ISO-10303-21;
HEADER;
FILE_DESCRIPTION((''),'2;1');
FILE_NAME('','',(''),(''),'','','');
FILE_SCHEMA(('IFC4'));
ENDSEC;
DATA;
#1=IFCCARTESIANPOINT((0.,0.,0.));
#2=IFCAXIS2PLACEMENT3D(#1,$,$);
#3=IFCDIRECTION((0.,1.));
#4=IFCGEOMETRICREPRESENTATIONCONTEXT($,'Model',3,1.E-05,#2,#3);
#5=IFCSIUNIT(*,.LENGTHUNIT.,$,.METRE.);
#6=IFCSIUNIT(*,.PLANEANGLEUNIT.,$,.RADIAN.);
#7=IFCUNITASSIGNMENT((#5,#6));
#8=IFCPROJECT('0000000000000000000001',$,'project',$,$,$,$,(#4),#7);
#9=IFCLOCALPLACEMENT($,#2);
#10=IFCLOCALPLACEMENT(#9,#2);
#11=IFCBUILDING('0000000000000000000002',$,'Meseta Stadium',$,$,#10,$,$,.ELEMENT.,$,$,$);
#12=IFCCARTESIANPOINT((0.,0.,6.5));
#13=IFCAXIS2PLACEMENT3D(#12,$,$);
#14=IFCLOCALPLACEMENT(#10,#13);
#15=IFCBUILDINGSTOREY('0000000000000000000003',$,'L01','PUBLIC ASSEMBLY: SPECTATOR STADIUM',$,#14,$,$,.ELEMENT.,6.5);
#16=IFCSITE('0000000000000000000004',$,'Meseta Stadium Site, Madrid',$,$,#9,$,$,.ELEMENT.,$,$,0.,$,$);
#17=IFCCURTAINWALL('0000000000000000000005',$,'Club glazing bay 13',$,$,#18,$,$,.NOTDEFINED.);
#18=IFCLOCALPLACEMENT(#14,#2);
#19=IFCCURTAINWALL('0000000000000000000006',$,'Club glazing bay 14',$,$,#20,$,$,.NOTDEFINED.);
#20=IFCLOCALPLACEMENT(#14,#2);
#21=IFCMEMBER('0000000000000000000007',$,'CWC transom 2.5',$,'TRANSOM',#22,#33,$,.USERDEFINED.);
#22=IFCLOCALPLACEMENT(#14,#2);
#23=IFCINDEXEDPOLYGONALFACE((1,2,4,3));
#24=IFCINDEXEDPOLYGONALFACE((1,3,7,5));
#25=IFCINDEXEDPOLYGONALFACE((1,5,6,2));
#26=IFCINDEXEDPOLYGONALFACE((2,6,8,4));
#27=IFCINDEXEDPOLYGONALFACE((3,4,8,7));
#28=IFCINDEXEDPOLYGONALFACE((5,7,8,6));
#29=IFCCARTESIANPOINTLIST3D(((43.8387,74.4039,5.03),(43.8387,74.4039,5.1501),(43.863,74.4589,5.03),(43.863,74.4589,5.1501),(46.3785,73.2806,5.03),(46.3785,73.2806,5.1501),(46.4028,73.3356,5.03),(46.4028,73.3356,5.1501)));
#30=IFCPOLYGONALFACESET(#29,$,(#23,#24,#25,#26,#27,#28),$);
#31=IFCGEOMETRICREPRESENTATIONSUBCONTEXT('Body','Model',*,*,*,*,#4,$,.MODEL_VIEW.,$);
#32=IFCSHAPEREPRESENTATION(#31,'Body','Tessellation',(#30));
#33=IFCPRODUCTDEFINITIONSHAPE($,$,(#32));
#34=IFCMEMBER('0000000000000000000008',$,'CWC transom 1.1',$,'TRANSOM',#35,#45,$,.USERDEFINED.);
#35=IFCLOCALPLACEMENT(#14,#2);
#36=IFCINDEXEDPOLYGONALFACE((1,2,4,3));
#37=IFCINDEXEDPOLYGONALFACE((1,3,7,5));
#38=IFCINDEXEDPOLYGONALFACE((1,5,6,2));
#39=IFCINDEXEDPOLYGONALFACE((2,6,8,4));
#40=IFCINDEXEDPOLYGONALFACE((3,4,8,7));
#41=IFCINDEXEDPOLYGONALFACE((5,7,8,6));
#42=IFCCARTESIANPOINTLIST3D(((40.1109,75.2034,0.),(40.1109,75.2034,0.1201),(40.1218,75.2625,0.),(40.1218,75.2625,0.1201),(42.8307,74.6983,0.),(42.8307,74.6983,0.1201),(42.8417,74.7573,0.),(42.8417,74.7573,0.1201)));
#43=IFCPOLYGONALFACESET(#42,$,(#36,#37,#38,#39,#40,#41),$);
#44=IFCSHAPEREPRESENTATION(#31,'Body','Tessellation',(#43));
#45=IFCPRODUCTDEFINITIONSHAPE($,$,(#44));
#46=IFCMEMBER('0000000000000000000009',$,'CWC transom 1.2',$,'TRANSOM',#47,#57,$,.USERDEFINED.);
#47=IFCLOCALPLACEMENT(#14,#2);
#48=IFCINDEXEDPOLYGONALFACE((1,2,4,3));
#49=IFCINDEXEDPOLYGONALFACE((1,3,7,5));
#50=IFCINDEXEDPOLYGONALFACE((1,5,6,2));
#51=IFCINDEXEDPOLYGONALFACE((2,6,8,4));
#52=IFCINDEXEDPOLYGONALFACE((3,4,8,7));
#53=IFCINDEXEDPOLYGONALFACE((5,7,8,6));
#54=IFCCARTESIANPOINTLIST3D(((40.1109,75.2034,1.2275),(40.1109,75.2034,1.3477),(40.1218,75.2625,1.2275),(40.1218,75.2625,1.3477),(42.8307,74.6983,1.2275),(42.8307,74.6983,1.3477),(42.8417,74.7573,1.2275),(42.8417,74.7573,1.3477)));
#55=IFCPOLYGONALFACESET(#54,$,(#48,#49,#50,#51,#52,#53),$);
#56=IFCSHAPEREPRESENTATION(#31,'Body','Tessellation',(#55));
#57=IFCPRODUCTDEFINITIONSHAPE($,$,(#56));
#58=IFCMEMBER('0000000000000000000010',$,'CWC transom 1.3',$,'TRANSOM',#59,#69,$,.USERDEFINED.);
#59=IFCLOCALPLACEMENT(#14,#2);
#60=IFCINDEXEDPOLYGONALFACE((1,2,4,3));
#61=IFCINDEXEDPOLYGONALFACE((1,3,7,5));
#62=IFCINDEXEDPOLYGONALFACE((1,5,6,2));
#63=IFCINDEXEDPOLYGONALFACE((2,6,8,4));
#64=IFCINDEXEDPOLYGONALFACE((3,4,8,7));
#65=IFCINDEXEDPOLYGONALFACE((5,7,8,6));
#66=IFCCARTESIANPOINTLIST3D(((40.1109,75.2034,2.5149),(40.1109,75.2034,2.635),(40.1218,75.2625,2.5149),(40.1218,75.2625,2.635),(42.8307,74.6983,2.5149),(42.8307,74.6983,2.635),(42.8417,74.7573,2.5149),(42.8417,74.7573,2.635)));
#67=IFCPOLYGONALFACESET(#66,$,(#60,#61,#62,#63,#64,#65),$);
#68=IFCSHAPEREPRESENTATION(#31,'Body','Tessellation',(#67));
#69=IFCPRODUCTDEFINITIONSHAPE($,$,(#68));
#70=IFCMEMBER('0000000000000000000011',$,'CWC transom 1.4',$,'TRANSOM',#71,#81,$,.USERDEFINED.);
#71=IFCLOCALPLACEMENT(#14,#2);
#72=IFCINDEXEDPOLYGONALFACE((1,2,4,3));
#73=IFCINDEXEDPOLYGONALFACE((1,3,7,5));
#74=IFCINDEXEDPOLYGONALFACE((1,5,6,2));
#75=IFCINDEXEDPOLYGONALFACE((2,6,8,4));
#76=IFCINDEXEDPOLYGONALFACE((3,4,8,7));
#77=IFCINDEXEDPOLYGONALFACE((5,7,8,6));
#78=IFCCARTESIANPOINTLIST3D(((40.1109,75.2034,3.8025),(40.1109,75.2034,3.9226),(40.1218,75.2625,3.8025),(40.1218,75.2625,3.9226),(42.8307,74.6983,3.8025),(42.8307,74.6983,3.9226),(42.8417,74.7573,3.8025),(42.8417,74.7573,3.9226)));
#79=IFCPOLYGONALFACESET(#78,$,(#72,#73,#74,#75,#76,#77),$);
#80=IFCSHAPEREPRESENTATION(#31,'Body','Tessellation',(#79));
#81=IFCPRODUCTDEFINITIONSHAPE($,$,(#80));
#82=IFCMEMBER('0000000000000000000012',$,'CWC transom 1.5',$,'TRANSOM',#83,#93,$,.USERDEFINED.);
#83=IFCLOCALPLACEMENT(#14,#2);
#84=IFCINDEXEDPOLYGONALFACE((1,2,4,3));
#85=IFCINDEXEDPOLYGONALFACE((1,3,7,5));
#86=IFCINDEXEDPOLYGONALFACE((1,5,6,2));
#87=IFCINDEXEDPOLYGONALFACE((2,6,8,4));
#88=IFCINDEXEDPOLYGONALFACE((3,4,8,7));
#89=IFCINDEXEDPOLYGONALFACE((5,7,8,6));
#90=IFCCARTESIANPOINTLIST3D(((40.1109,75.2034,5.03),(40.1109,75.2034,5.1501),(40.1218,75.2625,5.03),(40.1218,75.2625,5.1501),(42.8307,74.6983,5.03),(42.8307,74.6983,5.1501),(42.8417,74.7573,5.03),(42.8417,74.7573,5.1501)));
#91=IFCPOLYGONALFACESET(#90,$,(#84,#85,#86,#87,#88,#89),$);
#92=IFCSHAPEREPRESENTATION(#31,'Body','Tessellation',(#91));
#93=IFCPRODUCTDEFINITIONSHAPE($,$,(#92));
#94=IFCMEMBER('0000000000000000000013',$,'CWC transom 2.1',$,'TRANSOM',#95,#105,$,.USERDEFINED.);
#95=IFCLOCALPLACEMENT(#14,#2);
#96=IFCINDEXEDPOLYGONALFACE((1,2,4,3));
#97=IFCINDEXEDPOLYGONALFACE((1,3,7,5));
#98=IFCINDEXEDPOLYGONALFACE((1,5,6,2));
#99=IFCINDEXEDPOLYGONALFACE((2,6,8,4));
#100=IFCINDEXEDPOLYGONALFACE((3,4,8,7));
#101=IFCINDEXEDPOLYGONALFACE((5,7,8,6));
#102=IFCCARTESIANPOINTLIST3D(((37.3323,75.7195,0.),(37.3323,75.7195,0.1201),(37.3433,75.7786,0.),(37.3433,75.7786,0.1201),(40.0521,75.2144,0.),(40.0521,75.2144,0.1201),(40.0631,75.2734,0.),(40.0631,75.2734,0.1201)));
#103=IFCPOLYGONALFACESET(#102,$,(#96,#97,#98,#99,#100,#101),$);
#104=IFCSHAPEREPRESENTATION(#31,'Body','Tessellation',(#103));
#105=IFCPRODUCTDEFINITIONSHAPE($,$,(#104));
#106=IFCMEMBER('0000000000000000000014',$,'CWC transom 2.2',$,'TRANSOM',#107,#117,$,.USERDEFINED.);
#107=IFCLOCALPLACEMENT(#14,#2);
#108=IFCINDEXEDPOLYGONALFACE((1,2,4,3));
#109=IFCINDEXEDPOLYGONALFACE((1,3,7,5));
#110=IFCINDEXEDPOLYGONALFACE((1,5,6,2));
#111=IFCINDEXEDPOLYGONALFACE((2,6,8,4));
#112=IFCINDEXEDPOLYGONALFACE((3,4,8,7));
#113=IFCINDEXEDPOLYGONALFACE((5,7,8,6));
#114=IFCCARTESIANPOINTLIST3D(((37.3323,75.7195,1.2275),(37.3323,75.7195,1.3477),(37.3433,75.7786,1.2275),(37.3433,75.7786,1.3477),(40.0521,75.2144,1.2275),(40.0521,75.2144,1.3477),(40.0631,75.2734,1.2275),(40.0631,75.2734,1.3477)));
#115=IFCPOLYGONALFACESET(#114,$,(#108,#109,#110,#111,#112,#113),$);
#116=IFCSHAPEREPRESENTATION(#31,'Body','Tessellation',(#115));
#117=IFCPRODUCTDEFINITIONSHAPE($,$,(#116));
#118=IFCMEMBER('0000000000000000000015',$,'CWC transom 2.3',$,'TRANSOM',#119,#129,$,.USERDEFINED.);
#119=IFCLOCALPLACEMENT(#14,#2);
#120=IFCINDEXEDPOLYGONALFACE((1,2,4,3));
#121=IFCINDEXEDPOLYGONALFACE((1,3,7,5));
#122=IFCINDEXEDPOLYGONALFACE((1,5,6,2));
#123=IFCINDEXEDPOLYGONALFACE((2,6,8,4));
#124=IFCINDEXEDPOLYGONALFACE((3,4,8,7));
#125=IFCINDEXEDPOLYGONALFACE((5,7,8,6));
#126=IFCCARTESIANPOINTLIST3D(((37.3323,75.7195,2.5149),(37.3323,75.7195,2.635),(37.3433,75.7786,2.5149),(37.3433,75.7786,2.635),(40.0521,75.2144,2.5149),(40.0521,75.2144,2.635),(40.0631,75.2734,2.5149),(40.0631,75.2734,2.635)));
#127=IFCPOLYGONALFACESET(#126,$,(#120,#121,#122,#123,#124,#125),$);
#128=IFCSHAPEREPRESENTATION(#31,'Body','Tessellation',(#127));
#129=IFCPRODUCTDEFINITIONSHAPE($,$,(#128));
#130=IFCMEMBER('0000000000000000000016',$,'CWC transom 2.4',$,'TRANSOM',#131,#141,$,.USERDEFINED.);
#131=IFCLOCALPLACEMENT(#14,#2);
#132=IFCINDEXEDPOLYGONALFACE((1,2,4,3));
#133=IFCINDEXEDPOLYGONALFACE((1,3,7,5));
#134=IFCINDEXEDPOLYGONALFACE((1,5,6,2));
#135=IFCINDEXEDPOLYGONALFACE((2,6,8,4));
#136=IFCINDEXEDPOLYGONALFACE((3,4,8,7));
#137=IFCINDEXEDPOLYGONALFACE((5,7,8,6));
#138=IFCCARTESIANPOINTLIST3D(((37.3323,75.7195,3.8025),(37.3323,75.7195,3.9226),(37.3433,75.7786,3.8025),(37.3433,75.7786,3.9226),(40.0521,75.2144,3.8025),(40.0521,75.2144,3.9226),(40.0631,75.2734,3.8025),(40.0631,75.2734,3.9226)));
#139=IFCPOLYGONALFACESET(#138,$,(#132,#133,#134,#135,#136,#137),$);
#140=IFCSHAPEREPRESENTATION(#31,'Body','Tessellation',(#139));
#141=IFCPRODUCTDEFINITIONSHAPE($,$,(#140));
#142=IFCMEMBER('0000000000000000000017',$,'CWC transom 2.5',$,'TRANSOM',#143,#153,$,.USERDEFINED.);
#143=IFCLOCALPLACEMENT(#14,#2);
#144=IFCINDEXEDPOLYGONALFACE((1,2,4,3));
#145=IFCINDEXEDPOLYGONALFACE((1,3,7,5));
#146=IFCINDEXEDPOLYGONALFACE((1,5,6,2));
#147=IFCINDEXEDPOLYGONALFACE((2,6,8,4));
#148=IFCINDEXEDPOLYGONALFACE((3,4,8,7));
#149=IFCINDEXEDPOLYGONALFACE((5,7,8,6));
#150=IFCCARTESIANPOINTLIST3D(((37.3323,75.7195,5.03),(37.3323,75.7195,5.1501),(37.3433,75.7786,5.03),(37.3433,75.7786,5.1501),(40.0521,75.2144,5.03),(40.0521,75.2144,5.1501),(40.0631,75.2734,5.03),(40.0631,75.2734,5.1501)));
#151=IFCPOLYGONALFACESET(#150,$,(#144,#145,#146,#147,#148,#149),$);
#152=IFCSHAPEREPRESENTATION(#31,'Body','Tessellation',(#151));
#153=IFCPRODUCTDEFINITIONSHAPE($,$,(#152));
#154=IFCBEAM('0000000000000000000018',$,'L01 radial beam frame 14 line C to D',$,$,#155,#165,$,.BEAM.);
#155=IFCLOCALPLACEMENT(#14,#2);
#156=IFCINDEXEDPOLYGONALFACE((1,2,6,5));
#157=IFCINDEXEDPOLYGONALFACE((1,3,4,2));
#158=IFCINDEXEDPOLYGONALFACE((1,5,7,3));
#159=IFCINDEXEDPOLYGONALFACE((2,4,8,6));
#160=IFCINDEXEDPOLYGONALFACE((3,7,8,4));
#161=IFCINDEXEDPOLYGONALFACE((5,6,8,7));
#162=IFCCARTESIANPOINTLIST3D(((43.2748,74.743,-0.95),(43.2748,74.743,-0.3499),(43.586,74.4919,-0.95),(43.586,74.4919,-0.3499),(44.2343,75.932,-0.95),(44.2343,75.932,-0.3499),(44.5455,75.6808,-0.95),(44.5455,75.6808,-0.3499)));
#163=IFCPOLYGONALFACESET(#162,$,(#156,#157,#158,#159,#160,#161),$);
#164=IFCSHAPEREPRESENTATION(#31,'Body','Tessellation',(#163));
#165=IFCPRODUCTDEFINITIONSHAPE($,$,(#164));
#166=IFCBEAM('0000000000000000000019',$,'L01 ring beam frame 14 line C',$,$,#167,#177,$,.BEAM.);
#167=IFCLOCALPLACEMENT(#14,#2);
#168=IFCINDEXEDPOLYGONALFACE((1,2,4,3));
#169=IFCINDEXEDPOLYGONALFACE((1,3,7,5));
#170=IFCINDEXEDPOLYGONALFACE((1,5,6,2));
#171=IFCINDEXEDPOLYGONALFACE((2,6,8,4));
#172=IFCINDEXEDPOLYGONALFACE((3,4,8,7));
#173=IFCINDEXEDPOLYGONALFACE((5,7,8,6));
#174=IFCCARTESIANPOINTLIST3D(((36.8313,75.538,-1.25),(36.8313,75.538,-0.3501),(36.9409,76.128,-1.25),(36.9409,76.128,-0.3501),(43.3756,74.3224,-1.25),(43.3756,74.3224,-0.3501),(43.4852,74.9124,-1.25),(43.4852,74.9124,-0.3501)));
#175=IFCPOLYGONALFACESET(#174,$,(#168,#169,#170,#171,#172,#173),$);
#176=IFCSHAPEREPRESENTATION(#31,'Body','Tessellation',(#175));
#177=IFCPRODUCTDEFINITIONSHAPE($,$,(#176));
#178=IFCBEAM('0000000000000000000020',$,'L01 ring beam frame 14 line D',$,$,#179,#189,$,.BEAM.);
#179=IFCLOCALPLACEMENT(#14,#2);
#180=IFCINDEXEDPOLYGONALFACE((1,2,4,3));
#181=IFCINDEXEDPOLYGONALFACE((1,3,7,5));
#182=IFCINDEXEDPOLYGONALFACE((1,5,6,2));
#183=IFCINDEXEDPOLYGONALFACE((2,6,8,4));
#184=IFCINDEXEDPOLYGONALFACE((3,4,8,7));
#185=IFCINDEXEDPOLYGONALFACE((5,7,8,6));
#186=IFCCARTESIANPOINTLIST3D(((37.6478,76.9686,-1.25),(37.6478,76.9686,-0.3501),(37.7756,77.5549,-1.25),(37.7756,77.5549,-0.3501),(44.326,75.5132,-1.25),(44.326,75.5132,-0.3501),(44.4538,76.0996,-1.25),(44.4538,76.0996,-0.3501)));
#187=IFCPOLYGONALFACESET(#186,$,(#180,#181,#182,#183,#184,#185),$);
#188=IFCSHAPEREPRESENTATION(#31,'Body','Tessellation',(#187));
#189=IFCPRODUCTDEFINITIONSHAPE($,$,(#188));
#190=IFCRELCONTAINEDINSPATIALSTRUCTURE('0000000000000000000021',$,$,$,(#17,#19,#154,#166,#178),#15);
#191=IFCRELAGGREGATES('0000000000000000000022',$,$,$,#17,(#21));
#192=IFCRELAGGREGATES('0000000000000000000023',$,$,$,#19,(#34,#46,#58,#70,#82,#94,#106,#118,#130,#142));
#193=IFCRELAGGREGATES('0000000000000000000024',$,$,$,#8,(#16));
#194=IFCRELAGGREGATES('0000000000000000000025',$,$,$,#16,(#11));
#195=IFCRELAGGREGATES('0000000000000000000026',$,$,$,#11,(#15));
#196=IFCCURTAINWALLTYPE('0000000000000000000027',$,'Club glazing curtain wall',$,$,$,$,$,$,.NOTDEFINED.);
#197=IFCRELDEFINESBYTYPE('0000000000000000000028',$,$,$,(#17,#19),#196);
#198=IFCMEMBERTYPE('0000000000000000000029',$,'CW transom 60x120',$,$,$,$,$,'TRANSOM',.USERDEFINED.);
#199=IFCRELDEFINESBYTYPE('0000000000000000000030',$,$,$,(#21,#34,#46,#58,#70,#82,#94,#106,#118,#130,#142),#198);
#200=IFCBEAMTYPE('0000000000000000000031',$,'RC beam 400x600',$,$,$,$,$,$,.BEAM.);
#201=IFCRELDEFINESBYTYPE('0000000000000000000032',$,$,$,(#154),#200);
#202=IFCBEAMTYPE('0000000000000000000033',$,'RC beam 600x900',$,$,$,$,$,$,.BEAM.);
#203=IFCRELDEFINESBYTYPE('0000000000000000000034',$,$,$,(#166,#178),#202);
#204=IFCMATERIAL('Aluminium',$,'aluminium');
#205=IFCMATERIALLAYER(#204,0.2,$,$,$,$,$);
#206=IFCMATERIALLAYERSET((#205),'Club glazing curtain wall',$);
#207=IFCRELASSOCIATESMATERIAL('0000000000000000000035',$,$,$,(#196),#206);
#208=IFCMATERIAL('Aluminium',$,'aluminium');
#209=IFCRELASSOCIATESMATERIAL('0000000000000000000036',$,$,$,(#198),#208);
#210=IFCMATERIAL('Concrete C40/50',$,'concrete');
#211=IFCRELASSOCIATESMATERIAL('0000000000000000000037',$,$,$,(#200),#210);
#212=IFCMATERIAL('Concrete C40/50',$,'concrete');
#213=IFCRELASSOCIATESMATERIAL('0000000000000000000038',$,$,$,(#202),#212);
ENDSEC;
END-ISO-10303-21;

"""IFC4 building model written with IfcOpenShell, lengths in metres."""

from ifc_helpers import new_model, si_unit, direction, frame, origin, origin_2d, place, context, subcontext, project, spatial, rectangle, extrude, material, layer, layer_set, material_profile, profile_set, type_object, element, aggregate, save


model = new_model("IFC4")

# Units and contexts
model_context = context("Model", 3, precision=1e-05, world=origin(), true_north=direction((0.0, 1.0)))
body_context = subcontext(model_context, "Body", "Model", "MODEL_VIEW")
ifc_project = project(units=[si_unit("LENGTHUNIT", "METRE"), si_unit("PLANEANGLEUNIT", "RADIAN")], contexts=[model_context])

# Site, building, storey
site_placement = place(None, origin())
site = spatial("IfcSite", under=ifc_project, at=site_placement, Name="Meseta Stadium Site, Madrid", CompositionType="ELEMENT", RefElevation=0.0)
building_placement = place(site_placement, origin())
building = spatial("IfcBuilding", under=site, at=building_placement, Name="Meseta Stadium", CompositionType="ELEMENT")
storey_placement = place(building_placement, frame((0.0, 0.0, 6.5)))
storey = spatial("IfcBuildingStorey", under=building, at=storey_placement, Name="L01", Description="PUBLIC ASSEMBLY: SPECTATOR STADIUM", CompositionType="ELEMENT", Elevation=6.5)

# Curtain wall
ifc_material_1 = material(Name="Aluminium", Category="aluminium")
ifc_layer_1 = layer(ifc_material_1, 0.2)
ifc_layer_set_1 = layer_set([ifc_layer_1], Name="Club glazing curtain wall")
curtain_wall_type = type_object("IfcCurtainWallType", Name="Club glazing curtain wall", PredefinedType="NOTDEFINED", material=ifc_layer_set_1)
curtain_wall_1_placement = place(storey_placement, origin())
curtain_wall_1 = element("IfcCurtainWall", 1, at=curtain_wall_1_placement, inside=storey, type_object=curtain_wall_type, Name="Club glazing bay 13", PredefinedType="NOTDEFINED")

# Curtain wall
curtain_wall_2_placement = place(storey_placement, origin())
curtain_wall_2 = element("IfcCurtainWall", 2, at=curtain_wall_2_placement, inside=storey, type_object=curtain_wall_type, Name="Club glazing bay 14", PredefinedType="NOTDEFINED")

# Members
ifc_material_2 = material(Name="Aluminium", Category="aluminium")
ifc_material_profile_1 = material_profile(ifc_material_2, rectangle(XDim=0.0601, YDim=0.1201, at=origin_2d()), Name="CW 60x120")
ifc_profile_set_1 = profile_set([ifc_material_profile_1], Name="Aluminium")
member_type_1 = type_object("IfcMemberType", Name="CW transom 60x120", ElementType="TRANSOM", PredefinedType="USERDEFINED", material=ifc_profile_set_1)
member_1_placement = place(storey_placement, frame((46.3906, 73.3081, 5.0901), z_axis=(-0.914546, 0.404482, 0.0), x_axis=(-0.404482, -0.914546, 0.0)))
member_1 = element("IfcMember", 3, at=member_1_placement, type_object=member_type_1, Name="CWC transom 2.5", ObjectType="TRANSOM", PredefinedType="USERDEFINED", context=body_context, shape_type="SweptSolid", body=[
    extrude(rectangle(XDim=0.0601, YDim=0.1201, at=origin_2d()), origin(), (0.0, 0.0, 1.0), 2.7771),
])
member_2_placement = place(storey_placement, frame((42.8362, 74.7278, 0.0601), z_axis=(-0.983186, 0.182604, 0.0), x_axis=(-0.182604, -0.983186, 0.0)))
member_2 = element("IfcMember", 4, at=member_2_placement, type_object=member_type_1, Name="CWC transom 1.1", ObjectType="TRANSOM", PredefinedType="USERDEFINED", context=body_context, shape_type="SweptSolid", body=[
    extrude(rectangle(XDim=0.0601, YDim=0.1201, at=origin_2d()), origin(), (0.0, 0.0, 1.0), 2.7664),
])
member_3_placement = place(storey_placement, frame((42.8362, 74.7278, 1.2876), z_axis=(-0.983186, 0.182604, 0.0), x_axis=(-0.182604, -0.983186, 0.0)))
member_3 = element("IfcMember", 5, at=member_3_placement, type_object=member_type_1, Name="CWC transom 1.2", ObjectType="TRANSOM", PredefinedType="USERDEFINED", context=body_context, shape_type="SweptSolid", body=[
    extrude(rectangle(XDim=0.0601, YDim=0.1201, at=origin_2d()), origin(), (0.0, 0.0, 1.0), 2.7664),
])
member_4_placement = place(storey_placement, frame((42.8362, 74.7278, 2.575), z_axis=(-0.983186, 0.182604, 0.0), x_axis=(-0.182604, -0.983186, 0.0)))
member_4 = element("IfcMember", 6, at=member_4_placement, type_object=member_type_1, Name="CWC transom 1.3", ObjectType="TRANSOM", PredefinedType="USERDEFINED", context=body_context, shape_type="SweptSolid", body=[
    extrude(rectangle(XDim=0.0601, YDim=0.1201, at=origin_2d()), origin(), (0.0, 0.0, 1.0), 2.7664),
])
member_5_placement = place(storey_placement, frame((42.8362, 74.7278, 3.8625), z_axis=(-0.983186, 0.182604, 0.0), x_axis=(-0.182604, -0.983186, 0.0)))
member_5 = element("IfcMember", 7, at=member_5_placement, type_object=member_type_1, Name="CWC transom 1.4", ObjectType="TRANSOM", PredefinedType="USERDEFINED", context=body_context, shape_type="SweptSolid", body=[
    extrude(rectangle(XDim=0.0601, YDim=0.1201, at=origin_2d()), origin(), (0.0, 0.0, 1.0), 2.7664),
])
member_6_placement = place(storey_placement, frame((42.8362, 74.7278, 5.0901), z_axis=(-0.983186, 0.182604, 0.0), x_axis=(-0.182604, -0.983186, 0.0)))
member_6 = element("IfcMember", 8, at=member_6_placement, type_object=member_type_1, Name="CWC transom 1.5", ObjectType="TRANSOM", PredefinedType="USERDEFINED", context=body_context, shape_type="SweptSolid", body=[
    extrude(rectangle(XDim=0.0601, YDim=0.1201, at=origin_2d()), origin(), (0.0, 0.0, 1.0), 2.7664),
])
member_7_placement = place(storey_placement, frame((40.0576, 75.2439, 0.0601), z_axis=(-0.983186, 0.182604, 0.0), x_axis=(-0.182604, -0.983186, 0.0)))
member_7 = element("IfcMember", 9, at=member_7_placement, type_object=member_type_1, Name="CWC transom 2.1", ObjectType="TRANSOM", PredefinedType="USERDEFINED", context=body_context, shape_type="SweptSolid", body=[
    extrude(rectangle(XDim=0.0601, YDim=0.1201, at=origin_2d()), origin(), (0.0, 0.0, 1.0), 2.7664),
])
member_8_placement = place(storey_placement, frame((40.0576, 75.2439, 1.2876), z_axis=(-0.983186, 0.182604, 0.0), x_axis=(-0.182604, -0.983186, 0.0)))
member_8 = element("IfcMember", 10, at=member_8_placement, type_object=member_type_1, Name="CWC transom 2.2", ObjectType="TRANSOM", PredefinedType="USERDEFINED", context=body_context, shape_type="SweptSolid", body=[
    extrude(rectangle(XDim=0.0601, YDim=0.1201, at=origin_2d()), origin(), (0.0, 0.0, 1.0), 2.7664),
])
member_9_placement = place(storey_placement, frame((40.0576, 75.2439, 2.575), z_axis=(-0.983186, 0.182604, 0.0), x_axis=(-0.182604, -0.983186, 0.0)))
member_9 = element("IfcMember", 11, at=member_9_placement, type_object=member_type_1, Name="CWC transom 2.3", ObjectType="TRANSOM", PredefinedType="USERDEFINED", context=body_context, shape_type="SweptSolid", body=[
    extrude(rectangle(XDim=0.0601, YDim=0.1201, at=origin_2d()), origin(), (0.0, 0.0, 1.0), 2.7664),
])
member_10_placement = place(storey_placement, frame((40.0576, 75.2439, 3.8625), z_axis=(-0.983186, 0.182604, 0.0), x_axis=(-0.182604, -0.983186, 0.0)))
member_10 = element("IfcMember", 12, at=member_10_placement, type_object=member_type_1, Name="CWC transom 2.4", ObjectType="TRANSOM", PredefinedType="USERDEFINED", context=body_context, shape_type="SweptSolid", body=[
    extrude(rectangle(XDim=0.0601, YDim=0.1201, at=origin_2d()), origin(), (0.0, 0.0, 1.0), 2.7664),
])
member_11_placement = place(storey_placement, frame((40.0576, 75.2439, 5.0901), z_axis=(-0.983186, 0.182604, 0.0), x_axis=(-0.182604, -0.983186, 0.0)))
member_11 = element("IfcMember", 13, at=member_11_placement, type_object=member_type_1, Name="CWC transom 2.5", ObjectType="TRANSOM", PredefinedType="USERDEFINED", context=body_context, shape_type="SweptSolid", body=[
    extrude(rectangle(XDim=0.0601, YDim=0.1201, at=origin_2d()), origin(), (0.0, 0.0, 1.0), 2.7664),
])

# Beams
ifc_material_3 = material(Name="Concrete C40/50", Category="concrete")
ifc_material_profile_2 = material_profile(ifc_material_3, rectangle(XDim=0.3999, YDim=0.6001, at=origin_2d()), Name="RC 400x600")
ifc_profile_set_2 = profile_set([ifc_material_profile_2], Name="Concrete C40/50")
beam_type_1 = type_object("IfcBeamType", Name="RC beam 400x600", PredefinedType="BEAM", material=ifc_profile_set_2)
beam_1_placement = place(storey_placement, frame((43.4304, 74.6174, -0.6499), z_axis=(0.628002, 0.778211, 0.0), x_axis=(-0.778211, 0.628002, 0.0)))
element("IfcBeam", 14, at=beam_1_placement, inside=storey, type_object=beam_type_1, Name="L01 radial beam frame 14 line C to D", PredefinedType="BEAM", context=body_context, shape_type="SweptSolid", body=[
    extrude(rectangle(XDim=0.3999, YDim=0.6001, at=origin_2d()), origin(), (0.0, 0.0, 1.0), 1.5278),
])
ifc_material_4 = material(Name="Concrete C40/50", Category="concrete")
ifc_material_profile_3 = material_profile(ifc_material_4, rectangle(XDim=0.6001, YDim=0.8999, at=origin_2d()), Name="RC 600x900")
ifc_profile_set_3 = profile_set([ifc_material_profile_3], Name="Concrete C40/50")
beam_type_2 = type_object("IfcBeamType", Name="RC beam 600x900", PredefinedType="BEAM", material=ifc_profile_set_3)
beam_2_placement = place(storey_placement, frame((43.4304, 74.6174, -0.8), z_axis=(-0.983184, 0.182619, 0.0), x_axis=(-0.182619, -0.983184, 0.0)))
element("IfcBeam", 15, at=beam_2_placement, inside=storey, type_object=beam_type_2, Name="L01 ring beam frame 14 line C", PredefinedType="BEAM", context=body_context, shape_type="SweptSolid", body=[
    extrude(rectangle(XDim=0.6001, YDim=0.8999, at=origin_2d()), origin(), (0.0, 0.0, 1.0), 6.6562),
])
beam_3_placement = place(storey_placement, frame((44.3899, 75.8064, -0.8), z_axis=(-0.977069, 0.212923, 0.0), x_axis=(-0.212923, -0.977069, 0.0)))
element("IfcBeam", 16, at=beam_3_placement, inside=storey, type_object=beam_type_2, Name="L01 ring beam frame 14 line D", PredefinedType="BEAM", context=body_context, shape_type="SweptSolid", body=[
    extrude(rectangle(XDim=0.6001, YDim=0.8999, at=origin_2d()), origin(), (0.0, 0.0, 1.0), 6.835),
])

aggregate(curtain_wall_1, [member_1])
aggregate(curtain_wall_2, [member_2, member_3, member_4, member_5, member_6, member_7, member_8, member_9, member_10, member_11])

save(model, "model.ifc")
